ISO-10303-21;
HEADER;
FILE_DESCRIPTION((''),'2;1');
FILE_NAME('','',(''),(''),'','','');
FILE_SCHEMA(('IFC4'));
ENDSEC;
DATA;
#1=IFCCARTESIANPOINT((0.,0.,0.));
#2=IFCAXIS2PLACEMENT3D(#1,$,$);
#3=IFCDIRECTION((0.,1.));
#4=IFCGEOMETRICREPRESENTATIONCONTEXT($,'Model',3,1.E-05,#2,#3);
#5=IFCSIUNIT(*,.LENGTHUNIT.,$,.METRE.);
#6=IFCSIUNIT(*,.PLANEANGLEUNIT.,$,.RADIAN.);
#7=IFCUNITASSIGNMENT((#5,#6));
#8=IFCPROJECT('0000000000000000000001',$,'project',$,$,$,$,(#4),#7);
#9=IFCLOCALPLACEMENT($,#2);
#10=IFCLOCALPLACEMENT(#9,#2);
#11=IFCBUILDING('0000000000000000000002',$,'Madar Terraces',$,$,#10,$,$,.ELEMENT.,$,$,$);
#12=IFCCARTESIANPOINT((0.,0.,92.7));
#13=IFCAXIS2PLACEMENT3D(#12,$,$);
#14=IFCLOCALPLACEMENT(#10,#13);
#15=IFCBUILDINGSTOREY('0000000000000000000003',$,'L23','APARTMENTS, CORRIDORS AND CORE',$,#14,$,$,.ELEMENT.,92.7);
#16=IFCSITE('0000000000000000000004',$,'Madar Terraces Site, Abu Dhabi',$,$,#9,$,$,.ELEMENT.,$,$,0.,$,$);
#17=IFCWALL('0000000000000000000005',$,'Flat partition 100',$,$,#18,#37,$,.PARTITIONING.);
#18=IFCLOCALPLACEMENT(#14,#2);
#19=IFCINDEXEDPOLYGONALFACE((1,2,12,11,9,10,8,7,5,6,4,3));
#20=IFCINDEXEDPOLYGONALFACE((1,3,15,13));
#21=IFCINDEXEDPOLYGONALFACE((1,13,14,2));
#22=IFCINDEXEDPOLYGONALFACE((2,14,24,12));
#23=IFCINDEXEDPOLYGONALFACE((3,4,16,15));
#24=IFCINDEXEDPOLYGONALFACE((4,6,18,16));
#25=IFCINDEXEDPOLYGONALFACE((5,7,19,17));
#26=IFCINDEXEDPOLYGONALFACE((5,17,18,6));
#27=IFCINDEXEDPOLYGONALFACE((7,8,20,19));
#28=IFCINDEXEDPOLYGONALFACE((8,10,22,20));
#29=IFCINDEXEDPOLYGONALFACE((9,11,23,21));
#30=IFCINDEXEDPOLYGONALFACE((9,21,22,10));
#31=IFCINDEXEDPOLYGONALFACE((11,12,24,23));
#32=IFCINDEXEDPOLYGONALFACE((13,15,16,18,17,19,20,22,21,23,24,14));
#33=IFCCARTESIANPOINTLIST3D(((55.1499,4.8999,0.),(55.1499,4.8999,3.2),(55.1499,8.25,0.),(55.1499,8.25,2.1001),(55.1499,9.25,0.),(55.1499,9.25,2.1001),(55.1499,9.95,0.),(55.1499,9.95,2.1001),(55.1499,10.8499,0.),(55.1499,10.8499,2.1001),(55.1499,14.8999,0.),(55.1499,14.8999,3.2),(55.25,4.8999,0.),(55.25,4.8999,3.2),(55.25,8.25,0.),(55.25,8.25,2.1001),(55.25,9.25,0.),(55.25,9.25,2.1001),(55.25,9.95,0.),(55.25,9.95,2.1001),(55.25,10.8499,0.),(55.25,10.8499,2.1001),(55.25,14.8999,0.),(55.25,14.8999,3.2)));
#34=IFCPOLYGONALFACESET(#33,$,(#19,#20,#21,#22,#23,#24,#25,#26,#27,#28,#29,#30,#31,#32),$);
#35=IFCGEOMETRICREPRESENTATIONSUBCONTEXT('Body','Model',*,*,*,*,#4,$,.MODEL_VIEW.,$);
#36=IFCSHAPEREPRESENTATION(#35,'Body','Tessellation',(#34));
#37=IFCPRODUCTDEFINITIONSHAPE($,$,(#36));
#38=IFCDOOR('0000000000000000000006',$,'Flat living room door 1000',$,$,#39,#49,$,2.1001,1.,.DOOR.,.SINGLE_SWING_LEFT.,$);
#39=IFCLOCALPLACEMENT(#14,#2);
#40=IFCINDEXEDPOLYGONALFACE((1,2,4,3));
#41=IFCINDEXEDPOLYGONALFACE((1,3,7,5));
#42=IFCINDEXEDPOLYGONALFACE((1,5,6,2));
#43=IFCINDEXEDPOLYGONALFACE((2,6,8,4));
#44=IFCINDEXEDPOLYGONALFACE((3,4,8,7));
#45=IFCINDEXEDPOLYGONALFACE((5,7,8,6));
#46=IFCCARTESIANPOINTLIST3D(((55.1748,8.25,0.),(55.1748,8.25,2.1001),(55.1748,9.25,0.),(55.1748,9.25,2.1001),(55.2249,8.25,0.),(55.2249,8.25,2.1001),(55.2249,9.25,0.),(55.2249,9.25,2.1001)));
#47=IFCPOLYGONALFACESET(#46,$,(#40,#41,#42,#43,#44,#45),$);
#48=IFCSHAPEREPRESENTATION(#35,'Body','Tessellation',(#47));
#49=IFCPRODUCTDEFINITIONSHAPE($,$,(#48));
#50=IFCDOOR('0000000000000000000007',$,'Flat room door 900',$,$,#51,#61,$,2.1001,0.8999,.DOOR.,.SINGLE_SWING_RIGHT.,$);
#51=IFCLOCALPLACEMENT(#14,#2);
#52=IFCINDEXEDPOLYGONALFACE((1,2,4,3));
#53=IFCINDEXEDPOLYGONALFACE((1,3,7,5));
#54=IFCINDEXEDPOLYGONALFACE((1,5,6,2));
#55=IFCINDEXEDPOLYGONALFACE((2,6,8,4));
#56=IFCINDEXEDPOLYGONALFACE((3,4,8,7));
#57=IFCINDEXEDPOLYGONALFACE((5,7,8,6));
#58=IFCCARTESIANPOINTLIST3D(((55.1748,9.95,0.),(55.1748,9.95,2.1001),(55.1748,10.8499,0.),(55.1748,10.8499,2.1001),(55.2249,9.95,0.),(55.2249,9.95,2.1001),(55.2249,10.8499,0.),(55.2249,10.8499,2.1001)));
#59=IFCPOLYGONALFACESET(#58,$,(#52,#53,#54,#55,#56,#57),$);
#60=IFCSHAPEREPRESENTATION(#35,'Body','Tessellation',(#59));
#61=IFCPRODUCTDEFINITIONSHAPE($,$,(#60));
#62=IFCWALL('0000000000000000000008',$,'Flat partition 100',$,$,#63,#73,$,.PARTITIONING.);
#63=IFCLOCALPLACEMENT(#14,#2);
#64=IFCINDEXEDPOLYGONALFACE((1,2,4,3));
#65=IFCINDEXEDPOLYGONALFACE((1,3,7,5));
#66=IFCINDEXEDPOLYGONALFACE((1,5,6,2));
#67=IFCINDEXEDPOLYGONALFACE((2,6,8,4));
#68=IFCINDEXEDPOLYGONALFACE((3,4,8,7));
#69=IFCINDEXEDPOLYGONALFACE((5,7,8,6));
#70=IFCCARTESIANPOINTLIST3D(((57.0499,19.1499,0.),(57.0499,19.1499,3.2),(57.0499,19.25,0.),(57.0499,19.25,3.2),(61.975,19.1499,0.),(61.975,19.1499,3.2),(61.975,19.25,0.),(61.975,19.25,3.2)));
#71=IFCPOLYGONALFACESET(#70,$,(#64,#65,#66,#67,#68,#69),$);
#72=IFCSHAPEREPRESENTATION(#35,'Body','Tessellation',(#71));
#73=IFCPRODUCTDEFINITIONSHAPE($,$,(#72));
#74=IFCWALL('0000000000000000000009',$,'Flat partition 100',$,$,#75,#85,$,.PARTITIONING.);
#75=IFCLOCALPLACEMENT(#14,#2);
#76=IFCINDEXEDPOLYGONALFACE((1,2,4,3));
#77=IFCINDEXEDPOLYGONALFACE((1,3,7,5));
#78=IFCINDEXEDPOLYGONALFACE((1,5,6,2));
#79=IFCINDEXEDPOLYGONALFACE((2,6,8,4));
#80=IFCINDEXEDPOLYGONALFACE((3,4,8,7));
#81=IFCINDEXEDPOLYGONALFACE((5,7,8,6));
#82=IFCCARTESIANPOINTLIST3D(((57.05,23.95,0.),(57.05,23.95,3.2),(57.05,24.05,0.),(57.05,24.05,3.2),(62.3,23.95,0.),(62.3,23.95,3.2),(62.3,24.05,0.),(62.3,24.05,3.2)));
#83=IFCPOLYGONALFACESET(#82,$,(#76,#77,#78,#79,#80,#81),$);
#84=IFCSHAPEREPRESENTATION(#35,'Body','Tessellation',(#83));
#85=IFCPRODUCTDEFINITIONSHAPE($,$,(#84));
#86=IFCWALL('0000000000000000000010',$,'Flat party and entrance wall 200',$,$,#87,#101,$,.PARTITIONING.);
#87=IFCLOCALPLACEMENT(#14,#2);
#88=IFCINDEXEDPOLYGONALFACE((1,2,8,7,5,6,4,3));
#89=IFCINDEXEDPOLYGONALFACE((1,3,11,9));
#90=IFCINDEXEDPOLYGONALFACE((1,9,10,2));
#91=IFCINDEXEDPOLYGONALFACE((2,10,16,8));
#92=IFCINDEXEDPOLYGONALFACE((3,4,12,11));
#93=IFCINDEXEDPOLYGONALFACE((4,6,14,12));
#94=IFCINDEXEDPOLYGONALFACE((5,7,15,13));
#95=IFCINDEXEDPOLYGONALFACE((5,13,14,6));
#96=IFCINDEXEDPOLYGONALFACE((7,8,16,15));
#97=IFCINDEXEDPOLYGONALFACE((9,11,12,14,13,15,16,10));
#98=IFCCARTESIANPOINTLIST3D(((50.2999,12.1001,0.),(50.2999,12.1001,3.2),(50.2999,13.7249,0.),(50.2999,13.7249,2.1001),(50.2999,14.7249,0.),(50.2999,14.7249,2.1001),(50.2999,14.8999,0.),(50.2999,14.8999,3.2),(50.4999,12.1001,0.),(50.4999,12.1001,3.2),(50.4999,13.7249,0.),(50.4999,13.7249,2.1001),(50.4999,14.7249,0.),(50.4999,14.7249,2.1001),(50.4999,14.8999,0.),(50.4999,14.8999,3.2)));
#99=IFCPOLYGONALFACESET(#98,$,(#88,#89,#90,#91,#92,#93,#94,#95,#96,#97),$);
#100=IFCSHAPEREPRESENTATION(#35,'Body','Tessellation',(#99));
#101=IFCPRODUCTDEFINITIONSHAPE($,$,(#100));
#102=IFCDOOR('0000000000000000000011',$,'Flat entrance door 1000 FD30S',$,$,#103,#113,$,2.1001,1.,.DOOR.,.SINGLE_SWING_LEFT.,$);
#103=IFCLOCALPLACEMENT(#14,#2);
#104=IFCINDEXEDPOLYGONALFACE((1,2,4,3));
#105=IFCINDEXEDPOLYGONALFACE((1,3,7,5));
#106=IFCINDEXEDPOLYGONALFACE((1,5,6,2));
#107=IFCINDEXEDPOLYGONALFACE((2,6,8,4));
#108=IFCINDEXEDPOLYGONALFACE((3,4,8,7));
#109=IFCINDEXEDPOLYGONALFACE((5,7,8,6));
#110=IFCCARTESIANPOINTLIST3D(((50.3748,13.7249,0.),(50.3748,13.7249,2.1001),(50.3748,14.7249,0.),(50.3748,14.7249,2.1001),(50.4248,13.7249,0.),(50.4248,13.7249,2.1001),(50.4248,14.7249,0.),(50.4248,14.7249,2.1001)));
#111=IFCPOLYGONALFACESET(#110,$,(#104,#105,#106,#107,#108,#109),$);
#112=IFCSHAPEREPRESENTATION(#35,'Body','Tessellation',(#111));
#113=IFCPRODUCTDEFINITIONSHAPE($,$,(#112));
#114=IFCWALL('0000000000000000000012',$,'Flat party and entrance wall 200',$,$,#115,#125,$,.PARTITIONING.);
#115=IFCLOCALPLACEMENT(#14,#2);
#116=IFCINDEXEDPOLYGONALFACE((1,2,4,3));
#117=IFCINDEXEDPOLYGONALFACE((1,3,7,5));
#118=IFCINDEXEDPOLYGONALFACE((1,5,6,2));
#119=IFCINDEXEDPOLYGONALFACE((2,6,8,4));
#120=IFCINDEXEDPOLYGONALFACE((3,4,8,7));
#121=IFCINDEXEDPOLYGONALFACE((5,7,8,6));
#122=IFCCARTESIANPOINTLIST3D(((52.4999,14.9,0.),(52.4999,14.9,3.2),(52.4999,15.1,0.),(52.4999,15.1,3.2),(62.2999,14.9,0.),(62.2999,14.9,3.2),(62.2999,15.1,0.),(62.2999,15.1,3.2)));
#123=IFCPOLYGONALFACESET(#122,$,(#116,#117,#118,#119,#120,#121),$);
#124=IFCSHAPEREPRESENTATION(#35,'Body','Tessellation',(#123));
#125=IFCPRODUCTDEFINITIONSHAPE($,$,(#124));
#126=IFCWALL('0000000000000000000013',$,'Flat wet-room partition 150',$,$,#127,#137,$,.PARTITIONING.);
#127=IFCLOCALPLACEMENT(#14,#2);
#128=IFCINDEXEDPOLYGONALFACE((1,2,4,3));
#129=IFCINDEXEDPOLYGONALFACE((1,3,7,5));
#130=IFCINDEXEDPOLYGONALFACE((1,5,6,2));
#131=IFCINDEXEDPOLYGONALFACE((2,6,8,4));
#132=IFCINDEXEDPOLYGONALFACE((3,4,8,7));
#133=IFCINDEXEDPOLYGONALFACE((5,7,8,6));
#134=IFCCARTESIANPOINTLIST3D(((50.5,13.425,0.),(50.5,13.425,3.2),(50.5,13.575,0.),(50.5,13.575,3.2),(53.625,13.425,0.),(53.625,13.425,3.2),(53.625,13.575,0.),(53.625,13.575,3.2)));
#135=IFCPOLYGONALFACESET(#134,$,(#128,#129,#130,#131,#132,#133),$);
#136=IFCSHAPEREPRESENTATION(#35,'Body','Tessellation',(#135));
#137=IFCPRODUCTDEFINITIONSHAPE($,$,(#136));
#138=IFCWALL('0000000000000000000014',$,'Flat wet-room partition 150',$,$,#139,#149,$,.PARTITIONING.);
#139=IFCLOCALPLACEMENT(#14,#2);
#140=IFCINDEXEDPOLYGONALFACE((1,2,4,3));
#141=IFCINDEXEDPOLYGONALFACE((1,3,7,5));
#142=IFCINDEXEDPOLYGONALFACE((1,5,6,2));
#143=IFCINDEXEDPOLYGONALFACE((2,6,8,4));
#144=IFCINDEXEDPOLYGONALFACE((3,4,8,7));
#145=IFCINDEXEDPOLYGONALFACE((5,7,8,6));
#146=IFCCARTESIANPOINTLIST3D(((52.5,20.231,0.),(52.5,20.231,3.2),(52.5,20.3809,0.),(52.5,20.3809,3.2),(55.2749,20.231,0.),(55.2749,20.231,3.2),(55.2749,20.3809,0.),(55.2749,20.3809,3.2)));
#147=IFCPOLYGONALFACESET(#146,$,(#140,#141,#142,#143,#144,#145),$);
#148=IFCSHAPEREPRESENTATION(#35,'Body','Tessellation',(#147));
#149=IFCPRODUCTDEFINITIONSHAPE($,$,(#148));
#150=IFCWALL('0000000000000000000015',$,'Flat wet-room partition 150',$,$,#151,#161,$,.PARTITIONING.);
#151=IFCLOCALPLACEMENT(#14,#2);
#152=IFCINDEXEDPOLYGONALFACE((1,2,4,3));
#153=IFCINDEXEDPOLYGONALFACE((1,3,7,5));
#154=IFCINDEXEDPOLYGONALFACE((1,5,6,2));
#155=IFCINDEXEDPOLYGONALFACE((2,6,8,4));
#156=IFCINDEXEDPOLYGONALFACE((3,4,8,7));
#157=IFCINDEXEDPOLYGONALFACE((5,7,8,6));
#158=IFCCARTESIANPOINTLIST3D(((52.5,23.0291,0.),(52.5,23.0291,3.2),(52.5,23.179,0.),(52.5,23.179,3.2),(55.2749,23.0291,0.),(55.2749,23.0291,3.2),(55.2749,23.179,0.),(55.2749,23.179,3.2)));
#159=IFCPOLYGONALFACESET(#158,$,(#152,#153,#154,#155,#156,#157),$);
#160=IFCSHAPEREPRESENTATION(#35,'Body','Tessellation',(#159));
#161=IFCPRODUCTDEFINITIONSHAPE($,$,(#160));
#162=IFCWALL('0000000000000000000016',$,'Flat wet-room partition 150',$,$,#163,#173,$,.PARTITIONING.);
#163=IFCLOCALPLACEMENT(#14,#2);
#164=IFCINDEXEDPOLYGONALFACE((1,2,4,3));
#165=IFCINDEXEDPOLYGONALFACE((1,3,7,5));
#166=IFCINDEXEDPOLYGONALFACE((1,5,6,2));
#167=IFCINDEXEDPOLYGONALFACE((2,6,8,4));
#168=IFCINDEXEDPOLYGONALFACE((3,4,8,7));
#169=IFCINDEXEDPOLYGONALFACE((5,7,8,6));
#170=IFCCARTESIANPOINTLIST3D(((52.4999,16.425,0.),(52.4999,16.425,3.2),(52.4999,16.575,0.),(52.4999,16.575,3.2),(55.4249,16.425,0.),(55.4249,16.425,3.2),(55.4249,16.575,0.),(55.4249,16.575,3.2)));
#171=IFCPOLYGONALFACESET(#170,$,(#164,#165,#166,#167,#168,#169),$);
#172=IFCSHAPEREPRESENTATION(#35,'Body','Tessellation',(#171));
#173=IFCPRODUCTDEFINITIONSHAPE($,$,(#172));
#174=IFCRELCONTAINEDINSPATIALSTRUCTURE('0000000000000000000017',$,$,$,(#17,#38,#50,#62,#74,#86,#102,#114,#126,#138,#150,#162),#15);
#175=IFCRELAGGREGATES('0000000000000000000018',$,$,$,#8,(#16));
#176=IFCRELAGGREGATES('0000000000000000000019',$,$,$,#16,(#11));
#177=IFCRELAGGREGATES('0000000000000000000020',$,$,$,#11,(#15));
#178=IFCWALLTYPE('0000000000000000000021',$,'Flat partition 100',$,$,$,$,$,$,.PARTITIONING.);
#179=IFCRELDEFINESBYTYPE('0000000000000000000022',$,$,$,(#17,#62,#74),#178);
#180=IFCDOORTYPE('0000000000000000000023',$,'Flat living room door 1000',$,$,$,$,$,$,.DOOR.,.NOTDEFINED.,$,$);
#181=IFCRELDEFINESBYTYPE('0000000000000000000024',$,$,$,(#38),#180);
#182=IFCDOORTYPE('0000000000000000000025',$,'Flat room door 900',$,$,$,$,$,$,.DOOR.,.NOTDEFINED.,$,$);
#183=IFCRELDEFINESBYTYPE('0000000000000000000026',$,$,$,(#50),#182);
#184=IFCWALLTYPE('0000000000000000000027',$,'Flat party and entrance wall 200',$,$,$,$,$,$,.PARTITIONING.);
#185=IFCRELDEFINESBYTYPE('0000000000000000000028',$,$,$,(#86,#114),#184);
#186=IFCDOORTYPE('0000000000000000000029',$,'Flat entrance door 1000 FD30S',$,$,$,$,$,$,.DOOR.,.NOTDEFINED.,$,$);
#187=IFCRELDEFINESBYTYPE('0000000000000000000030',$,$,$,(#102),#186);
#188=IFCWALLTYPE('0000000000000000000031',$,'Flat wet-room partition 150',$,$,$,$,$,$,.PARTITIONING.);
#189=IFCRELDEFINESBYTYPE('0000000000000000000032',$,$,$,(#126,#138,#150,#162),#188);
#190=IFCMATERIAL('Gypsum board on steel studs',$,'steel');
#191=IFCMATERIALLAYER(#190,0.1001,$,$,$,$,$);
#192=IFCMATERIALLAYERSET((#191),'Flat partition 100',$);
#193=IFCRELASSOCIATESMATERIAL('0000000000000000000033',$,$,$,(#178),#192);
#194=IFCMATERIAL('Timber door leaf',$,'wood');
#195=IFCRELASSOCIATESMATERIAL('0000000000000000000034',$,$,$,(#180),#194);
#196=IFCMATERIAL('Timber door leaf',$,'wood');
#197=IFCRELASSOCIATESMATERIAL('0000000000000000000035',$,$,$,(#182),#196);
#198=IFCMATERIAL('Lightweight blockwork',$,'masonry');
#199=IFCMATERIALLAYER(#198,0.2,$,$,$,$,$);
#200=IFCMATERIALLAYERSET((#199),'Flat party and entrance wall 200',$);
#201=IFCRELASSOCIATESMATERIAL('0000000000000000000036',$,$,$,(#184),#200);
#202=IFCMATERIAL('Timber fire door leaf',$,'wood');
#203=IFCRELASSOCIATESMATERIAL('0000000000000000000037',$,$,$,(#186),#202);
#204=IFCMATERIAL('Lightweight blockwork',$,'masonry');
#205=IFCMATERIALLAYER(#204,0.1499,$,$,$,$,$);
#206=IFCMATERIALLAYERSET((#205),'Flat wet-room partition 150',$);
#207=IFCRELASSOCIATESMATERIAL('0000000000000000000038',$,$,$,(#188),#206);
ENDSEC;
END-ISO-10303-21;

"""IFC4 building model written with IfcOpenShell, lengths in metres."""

from ifc_helpers import new_model, si_unit, direction, frame, frame_2d, origin, place, context, subcontext, project, spatial, rectangle, extrude, material, layer, layer_set, type_object, element, fill, save


model = new_model("IFC4")

# Units and contexts
model_context = context("Model", 3, precision=1e-05, world=origin(), true_north=direction((0.0, 1.0)))
body_context = subcontext(model_context, "Body", "Model", "MODEL_VIEW")
ifc_project = project(units=[si_unit("LENGTHUNIT", "METRE"), si_unit("PLANEANGLEUNIT", "RADIAN")], contexts=[model_context])

# Site, building, storey
site_placement = place(None, origin())
site = spatial("IfcSite", under=ifc_project, at=site_placement, Name="Madar Terraces Site, Abu Dhabi", CompositionType="ELEMENT", RefElevation=0.0)
building_placement = place(site_placement, origin())
building = spatial("IfcBuilding", under=site, at=building_placement, Name="Madar Terraces", CompositionType="ELEMENT")
storey_placement = place(building_placement, frame((0.0, 0.0, 92.7)))
storey = spatial("IfcBuildingStorey", under=building, at=storey_placement, Name="L23", Description="APARTMENTS, CORRIDORS AND CORE", CompositionType="ELEMENT", Elevation=92.7)

# Wall, openings, doors
ifc_material_1 = material(Name="Gypsum board on steel studs", Category="steel")
ifc_layer_1 = layer(ifc_material_1, 0.1001)
ifc_layer_set_1 = layer_set([ifc_layer_1], Name="Flat partition 100")
wall_type_1 = type_object("IfcWallType", Name="Flat partition 100", PredefinedType="PARTITIONING", material=ifc_layer_set_1)
wall_1_placement = place(storey_placement, frame((55.2, 14.8999, 0.0), z_axis=(0.0, 0.0, 1.0), x_axis=(0.0, -1.0, 0.0)))
wall_1 = element("IfcWall", 1, at=wall_1_placement, inside=storey, type_object=wall_type_1, Name="Flat partition 100", PredefinedType="PARTITIONING", context=body_context, shape_type="SweptSolid", body=[
    extrude(rectangle(XDim=10.0, YDim=0.1001, at=frame_2d((5.0, 0.0))), origin(), (0.0, 0.0, 1.0), 3.2),
])
opening_1_placement = place(wall_1_placement, frame((4.05, 0.0, 0.0)))
opening_1 = element("IfcOpeningElement", 2, at=opening_1_placement, cuts=wall_1, PredefinedType="OPENING", context=body_context, shape_type="SweptSolid", body=[
    extrude(rectangle(XDim=0.8999, YDim=2.1001, at=frame_2d((0.45, 1.05))), frame((0.0, 0.0601, 0.0), z_axis=(0.0, -1.0, 0.0), x_axis=(1.0, 0.0, 0.0)), (0.0, 0.0, 1.0), 0.1201),
])
opening_2_placement = place(wall_1_placement, frame((5.6499, 0.0, 0.0)))
opening_2 = element("IfcOpeningElement", 3, at=opening_2_placement, cuts=wall_1, PredefinedType="OPENING", context=body_context, shape_type="SweptSolid", body=[
    extrude(rectangle(XDim=1.0, YDim=2.1001, at=frame_2d((0.5, 1.05))), frame((0.0, 0.0601, 0.0), z_axis=(0.0, -1.0, 0.0), x_axis=(1.0, 0.0, 0.0)), (0.0, 0.0, 1.0), 0.1201),
])
ifc_material_2 = material(Name="Timber door leaf", Category="wood")
door_type_1 = type_object("IfcDoorType", Name="Flat living room door 1000", OperationType="NOTDEFINED", PredefinedType="DOOR", material=ifc_material_2)
door_1_placement = place(opening_2_placement, origin())
door_1 = element("IfcDoor", 4, at=door_1_placement, inside=storey, type_object=door_type_1, Name="Flat living room door 1000", OperationType="SINGLE_SWING_LEFT", OverallHeight=2.1001, OverallWidth=1.0, PredefinedType="DOOR", context=body_context, shape_type="SweptSolid", body=[
    extrude(rectangle(XDim=1.0, YDim=2.1001, at=frame_2d((0.5, 1.05))), frame((0.0, 0.0249, 0.0), z_axis=(0.0, -1.0, 0.0), x_axis=(1.0, 0.0, 0.0)), (0.0, 0.0, 1.0), 0.05),
])
fill(opening_2, door_1)
ifc_material_3 = material(Name="Timber door leaf", Category="wood")
door_type_2 = type_object("IfcDoorType", Name="Flat room door 900", OperationType="NOTDEFINED", PredefinedType="DOOR", material=ifc_material_3)
door_2_placement = place(opening_1_placement, origin())
door_2 = element("IfcDoor", 5, at=door_2_placement, inside=storey, type_object=door_type_2, Name="Flat room door 900", OperationType="SINGLE_SWING_RIGHT", OverallHeight=2.1001, OverallWidth=0.8999, PredefinedType="DOOR", context=body_context, shape_type="SweptSolid", body=[
    extrude(rectangle(XDim=0.8999, YDim=2.1001, at=frame_2d((0.45, 1.05))), frame((0.0, 0.0249, 0.0), z_axis=(0.0, -1.0, 0.0), x_axis=(1.0, 0.0, 0.0)), (0.0, 0.0, 1.0), 0.05),
])
fill(opening_1, door_2)

# Walls
wall_2_placement = place(storey_placement, frame((57.05, 19.2, 0.0), z_axis=(0.0, 0.0, 1.0), x_axis=(1.0, 0.0, 0.0)))
element("IfcWall", 6, at=wall_2_placement, inside=storey, type_object=wall_type_1, Name="Flat partition 100", PredefinedType="PARTITIONING", context=body_context, shape_type="SweptSolid", body=[
    extrude(rectangle(XDim=4.925, YDim=0.1001, at=frame_2d((2.4624, 0.0))), origin(), (0.0, 0.0, 1.0), 3.2),
])
wall_3_placement = place(storey_placement, frame((57.05, 24.0, 0.0), z_axis=(0.0, 0.0, 1.0), x_axis=(1.0, 0.0, 0.0)))
element("IfcWall", 7, at=wall_3_placement, inside=storey, type_object=wall_type_1, Name="Flat partition 100", PredefinedType="PARTITIONING", context=body_context, shape_type="SweptSolid", body=[
    extrude(rectangle(XDim=5.25, YDim=0.1001, at=frame_2d((2.625, 0.0))), origin(), (0.0, 0.0, 1.0), 3.2),
])

# Wall, opening, door
ifc_material_4 = material(Name="Lightweight blockwork", Category="masonry")
ifc_layer_2 = layer(ifc_material_4, 0.2)
ifc_layer_set_2 = layer_set([ifc_layer_2], Name="Flat party and entrance wall 200")
wall_type_2 = type_object("IfcWallType", Name="Flat party and entrance wall 200", PredefinedType="PARTITIONING", material=ifc_layer_set_2)
wall_4_placement = place(storey_placement, frame((50.3999, 14.8999, 0.0), z_axis=(0.0, 0.0, 1.0), x_axis=(0.0, -1.0, 0.0)))
wall_4 = element("IfcWall", 8, at=wall_4_placement, inside=storey, type_object=wall_type_2, Name="Flat party and entrance wall 200", PredefinedType="PARTITIONING", context=body_context, shape_type="SweptSolid", body=[
    extrude(rectangle(XDim=2.7998, YDim=0.2, at=frame_2d((1.3999, 0.0))), origin(), (0.0, 0.0, 1.0), 3.2),
])
opening_3_placement = place(wall_4_placement, frame((0.175, 0.0, 0.0)))
opening_3 = element("IfcOpeningElement", 9, at=opening_3_placement, cuts=wall_4, PredefinedType="OPENING", context=body_context, shape_type="SweptSolid", body=[
    extrude(rectangle(XDim=1.0, YDim=2.1001, at=frame_2d((0.5, 1.05))), frame((0.0, 0.1099, 0.0), z_axis=(0.0, -1.0, 0.0), x_axis=(1.0, 0.0, 0.0)), (0.0, 0.0, 1.0), 0.22),
])
ifc_material_5 = material(Name="Timber fire door leaf", Category="wood")
door_type_3 = type_object("IfcDoorType", Name="Flat entrance door 1000 FD30S", OperationType="NOTDEFINED", PredefinedType="DOOR", material=ifc_material_5)
door_3_placement = place(opening_3_placement, origin())
door_3 = element("IfcDoor", 10, at=door_3_placement, inside=storey, type_object=door_type_3, Name="Flat entrance door 1000 FD30S", OperationType="SINGLE_SWING_LEFT", OverallHeight=2.1001, OverallWidth=1.0, PredefinedType="DOOR", context=body_context, shape_type="SweptSolid", body=[
    extrude(rectangle(XDim=1.0, YDim=2.1001, at=frame_2d((0.5, 1.05))), frame((0.0, 0.0249, 0.0), z_axis=(0.0, -1.0, 0.0), x_axis=(1.0, 0.0, 0.0)), (0.0, 0.0, 1.0), 0.05),
])
fill(opening_3, door_3)

# Walls
wall_5_placement = place(storey_placement, frame((52.5, 15.0, 0.0), z_axis=(0.0, 0.0, 1.0), x_axis=(1.0, 0.0, 0.0)))
element("IfcWall", 11, at=wall_5_placement, inside=storey, type_object=wall_type_2, Name="Flat party and entrance wall 200", PredefinedType="PARTITIONING", context=body_context, shape_type="SweptSolid", body=[
    extrude(rectangle(XDim=9.8, YDim=0.2, at=frame_2d((4.8999, 0.0))), origin(), (0.0, 0.0, 1.0), 3.2),
])
ifc_material_6 = material(Name="Lightweight blockwork", Category="masonry")
ifc_layer_3 = layer(ifc_material_6, 0.1499)
ifc_layer_set_3 = layer_set([ifc_layer_3], Name="Flat wet-room partition 150")
wall_type_3 = type_object("IfcWallType", Name="Flat wet-room partition 150", PredefinedType="PARTITIONING", material=ifc_layer_set_3)
wall_6_placement = place(storey_placement, frame((50.5, 13.5, 0.0), z_axis=(0.0, 0.0, 1.0), x_axis=(1.0, 0.0, 0.0)))
element("IfcWall", 12, at=wall_6_placement, inside=storey, type_object=wall_type_3, Name="Flat wet-room partition 150", PredefinedType="PARTITIONING", context=body_context, shape_type="SweptSolid", body=[
    extrude(rectangle(XDim=3.125, YDim=0.1499, at=frame_2d((1.5625, 0.0))), origin(), (0.0, 0.0, 1.0), 3.2),
])
for number, where, z_axis, x_axis, name in (
    (13, (52.5, 20.3059, 0.0), (0.0, 0.0, 1.0), (1.0, 0.0, 0.0), "Flat wet-room partition 150"),
    (14, (52.5, 23.104, 0.0), (0.0, 0.0, 1.0), (1.0, 0.0, 0.0), "Flat wet-room partition 150"),
):
    element("IfcWall", number, at=place(storey_placement, frame(where, z_axis=z_axis, x_axis=x_axis)), inside=storey, type_object=wall_type_3, Name=name, PredefinedType="PARTITIONING", context=body_context, shape_type="SweptSolid", body=[
        extrude(rectangle(XDim=2.7749, YDim=0.1499, at=frame_2d((1.3875, 0.0))), origin(), (0.0, 0.0, 1.0), 3.2),
    ])
wall_7_placement = place(storey_placement, frame((52.5, 16.5, 0.0), z_axis=(0.0, 0.0, 1.0), x_axis=(1.0, 0.0, 0.0)))
element("IfcWall", 15, at=wall_7_placement, inside=storey, type_object=wall_type_3, Name="Flat wet-room partition 150", PredefinedType="PARTITIONING", context=body_context, shape_type="SweptSolid", body=[
    extrude(rectangle(XDim=2.925, YDim=0.1499, at=frame_2d((1.4624, 0.0))), origin(), (0.0, 0.0, 1.0), 3.2),
])

save(model, "model.ifc")
